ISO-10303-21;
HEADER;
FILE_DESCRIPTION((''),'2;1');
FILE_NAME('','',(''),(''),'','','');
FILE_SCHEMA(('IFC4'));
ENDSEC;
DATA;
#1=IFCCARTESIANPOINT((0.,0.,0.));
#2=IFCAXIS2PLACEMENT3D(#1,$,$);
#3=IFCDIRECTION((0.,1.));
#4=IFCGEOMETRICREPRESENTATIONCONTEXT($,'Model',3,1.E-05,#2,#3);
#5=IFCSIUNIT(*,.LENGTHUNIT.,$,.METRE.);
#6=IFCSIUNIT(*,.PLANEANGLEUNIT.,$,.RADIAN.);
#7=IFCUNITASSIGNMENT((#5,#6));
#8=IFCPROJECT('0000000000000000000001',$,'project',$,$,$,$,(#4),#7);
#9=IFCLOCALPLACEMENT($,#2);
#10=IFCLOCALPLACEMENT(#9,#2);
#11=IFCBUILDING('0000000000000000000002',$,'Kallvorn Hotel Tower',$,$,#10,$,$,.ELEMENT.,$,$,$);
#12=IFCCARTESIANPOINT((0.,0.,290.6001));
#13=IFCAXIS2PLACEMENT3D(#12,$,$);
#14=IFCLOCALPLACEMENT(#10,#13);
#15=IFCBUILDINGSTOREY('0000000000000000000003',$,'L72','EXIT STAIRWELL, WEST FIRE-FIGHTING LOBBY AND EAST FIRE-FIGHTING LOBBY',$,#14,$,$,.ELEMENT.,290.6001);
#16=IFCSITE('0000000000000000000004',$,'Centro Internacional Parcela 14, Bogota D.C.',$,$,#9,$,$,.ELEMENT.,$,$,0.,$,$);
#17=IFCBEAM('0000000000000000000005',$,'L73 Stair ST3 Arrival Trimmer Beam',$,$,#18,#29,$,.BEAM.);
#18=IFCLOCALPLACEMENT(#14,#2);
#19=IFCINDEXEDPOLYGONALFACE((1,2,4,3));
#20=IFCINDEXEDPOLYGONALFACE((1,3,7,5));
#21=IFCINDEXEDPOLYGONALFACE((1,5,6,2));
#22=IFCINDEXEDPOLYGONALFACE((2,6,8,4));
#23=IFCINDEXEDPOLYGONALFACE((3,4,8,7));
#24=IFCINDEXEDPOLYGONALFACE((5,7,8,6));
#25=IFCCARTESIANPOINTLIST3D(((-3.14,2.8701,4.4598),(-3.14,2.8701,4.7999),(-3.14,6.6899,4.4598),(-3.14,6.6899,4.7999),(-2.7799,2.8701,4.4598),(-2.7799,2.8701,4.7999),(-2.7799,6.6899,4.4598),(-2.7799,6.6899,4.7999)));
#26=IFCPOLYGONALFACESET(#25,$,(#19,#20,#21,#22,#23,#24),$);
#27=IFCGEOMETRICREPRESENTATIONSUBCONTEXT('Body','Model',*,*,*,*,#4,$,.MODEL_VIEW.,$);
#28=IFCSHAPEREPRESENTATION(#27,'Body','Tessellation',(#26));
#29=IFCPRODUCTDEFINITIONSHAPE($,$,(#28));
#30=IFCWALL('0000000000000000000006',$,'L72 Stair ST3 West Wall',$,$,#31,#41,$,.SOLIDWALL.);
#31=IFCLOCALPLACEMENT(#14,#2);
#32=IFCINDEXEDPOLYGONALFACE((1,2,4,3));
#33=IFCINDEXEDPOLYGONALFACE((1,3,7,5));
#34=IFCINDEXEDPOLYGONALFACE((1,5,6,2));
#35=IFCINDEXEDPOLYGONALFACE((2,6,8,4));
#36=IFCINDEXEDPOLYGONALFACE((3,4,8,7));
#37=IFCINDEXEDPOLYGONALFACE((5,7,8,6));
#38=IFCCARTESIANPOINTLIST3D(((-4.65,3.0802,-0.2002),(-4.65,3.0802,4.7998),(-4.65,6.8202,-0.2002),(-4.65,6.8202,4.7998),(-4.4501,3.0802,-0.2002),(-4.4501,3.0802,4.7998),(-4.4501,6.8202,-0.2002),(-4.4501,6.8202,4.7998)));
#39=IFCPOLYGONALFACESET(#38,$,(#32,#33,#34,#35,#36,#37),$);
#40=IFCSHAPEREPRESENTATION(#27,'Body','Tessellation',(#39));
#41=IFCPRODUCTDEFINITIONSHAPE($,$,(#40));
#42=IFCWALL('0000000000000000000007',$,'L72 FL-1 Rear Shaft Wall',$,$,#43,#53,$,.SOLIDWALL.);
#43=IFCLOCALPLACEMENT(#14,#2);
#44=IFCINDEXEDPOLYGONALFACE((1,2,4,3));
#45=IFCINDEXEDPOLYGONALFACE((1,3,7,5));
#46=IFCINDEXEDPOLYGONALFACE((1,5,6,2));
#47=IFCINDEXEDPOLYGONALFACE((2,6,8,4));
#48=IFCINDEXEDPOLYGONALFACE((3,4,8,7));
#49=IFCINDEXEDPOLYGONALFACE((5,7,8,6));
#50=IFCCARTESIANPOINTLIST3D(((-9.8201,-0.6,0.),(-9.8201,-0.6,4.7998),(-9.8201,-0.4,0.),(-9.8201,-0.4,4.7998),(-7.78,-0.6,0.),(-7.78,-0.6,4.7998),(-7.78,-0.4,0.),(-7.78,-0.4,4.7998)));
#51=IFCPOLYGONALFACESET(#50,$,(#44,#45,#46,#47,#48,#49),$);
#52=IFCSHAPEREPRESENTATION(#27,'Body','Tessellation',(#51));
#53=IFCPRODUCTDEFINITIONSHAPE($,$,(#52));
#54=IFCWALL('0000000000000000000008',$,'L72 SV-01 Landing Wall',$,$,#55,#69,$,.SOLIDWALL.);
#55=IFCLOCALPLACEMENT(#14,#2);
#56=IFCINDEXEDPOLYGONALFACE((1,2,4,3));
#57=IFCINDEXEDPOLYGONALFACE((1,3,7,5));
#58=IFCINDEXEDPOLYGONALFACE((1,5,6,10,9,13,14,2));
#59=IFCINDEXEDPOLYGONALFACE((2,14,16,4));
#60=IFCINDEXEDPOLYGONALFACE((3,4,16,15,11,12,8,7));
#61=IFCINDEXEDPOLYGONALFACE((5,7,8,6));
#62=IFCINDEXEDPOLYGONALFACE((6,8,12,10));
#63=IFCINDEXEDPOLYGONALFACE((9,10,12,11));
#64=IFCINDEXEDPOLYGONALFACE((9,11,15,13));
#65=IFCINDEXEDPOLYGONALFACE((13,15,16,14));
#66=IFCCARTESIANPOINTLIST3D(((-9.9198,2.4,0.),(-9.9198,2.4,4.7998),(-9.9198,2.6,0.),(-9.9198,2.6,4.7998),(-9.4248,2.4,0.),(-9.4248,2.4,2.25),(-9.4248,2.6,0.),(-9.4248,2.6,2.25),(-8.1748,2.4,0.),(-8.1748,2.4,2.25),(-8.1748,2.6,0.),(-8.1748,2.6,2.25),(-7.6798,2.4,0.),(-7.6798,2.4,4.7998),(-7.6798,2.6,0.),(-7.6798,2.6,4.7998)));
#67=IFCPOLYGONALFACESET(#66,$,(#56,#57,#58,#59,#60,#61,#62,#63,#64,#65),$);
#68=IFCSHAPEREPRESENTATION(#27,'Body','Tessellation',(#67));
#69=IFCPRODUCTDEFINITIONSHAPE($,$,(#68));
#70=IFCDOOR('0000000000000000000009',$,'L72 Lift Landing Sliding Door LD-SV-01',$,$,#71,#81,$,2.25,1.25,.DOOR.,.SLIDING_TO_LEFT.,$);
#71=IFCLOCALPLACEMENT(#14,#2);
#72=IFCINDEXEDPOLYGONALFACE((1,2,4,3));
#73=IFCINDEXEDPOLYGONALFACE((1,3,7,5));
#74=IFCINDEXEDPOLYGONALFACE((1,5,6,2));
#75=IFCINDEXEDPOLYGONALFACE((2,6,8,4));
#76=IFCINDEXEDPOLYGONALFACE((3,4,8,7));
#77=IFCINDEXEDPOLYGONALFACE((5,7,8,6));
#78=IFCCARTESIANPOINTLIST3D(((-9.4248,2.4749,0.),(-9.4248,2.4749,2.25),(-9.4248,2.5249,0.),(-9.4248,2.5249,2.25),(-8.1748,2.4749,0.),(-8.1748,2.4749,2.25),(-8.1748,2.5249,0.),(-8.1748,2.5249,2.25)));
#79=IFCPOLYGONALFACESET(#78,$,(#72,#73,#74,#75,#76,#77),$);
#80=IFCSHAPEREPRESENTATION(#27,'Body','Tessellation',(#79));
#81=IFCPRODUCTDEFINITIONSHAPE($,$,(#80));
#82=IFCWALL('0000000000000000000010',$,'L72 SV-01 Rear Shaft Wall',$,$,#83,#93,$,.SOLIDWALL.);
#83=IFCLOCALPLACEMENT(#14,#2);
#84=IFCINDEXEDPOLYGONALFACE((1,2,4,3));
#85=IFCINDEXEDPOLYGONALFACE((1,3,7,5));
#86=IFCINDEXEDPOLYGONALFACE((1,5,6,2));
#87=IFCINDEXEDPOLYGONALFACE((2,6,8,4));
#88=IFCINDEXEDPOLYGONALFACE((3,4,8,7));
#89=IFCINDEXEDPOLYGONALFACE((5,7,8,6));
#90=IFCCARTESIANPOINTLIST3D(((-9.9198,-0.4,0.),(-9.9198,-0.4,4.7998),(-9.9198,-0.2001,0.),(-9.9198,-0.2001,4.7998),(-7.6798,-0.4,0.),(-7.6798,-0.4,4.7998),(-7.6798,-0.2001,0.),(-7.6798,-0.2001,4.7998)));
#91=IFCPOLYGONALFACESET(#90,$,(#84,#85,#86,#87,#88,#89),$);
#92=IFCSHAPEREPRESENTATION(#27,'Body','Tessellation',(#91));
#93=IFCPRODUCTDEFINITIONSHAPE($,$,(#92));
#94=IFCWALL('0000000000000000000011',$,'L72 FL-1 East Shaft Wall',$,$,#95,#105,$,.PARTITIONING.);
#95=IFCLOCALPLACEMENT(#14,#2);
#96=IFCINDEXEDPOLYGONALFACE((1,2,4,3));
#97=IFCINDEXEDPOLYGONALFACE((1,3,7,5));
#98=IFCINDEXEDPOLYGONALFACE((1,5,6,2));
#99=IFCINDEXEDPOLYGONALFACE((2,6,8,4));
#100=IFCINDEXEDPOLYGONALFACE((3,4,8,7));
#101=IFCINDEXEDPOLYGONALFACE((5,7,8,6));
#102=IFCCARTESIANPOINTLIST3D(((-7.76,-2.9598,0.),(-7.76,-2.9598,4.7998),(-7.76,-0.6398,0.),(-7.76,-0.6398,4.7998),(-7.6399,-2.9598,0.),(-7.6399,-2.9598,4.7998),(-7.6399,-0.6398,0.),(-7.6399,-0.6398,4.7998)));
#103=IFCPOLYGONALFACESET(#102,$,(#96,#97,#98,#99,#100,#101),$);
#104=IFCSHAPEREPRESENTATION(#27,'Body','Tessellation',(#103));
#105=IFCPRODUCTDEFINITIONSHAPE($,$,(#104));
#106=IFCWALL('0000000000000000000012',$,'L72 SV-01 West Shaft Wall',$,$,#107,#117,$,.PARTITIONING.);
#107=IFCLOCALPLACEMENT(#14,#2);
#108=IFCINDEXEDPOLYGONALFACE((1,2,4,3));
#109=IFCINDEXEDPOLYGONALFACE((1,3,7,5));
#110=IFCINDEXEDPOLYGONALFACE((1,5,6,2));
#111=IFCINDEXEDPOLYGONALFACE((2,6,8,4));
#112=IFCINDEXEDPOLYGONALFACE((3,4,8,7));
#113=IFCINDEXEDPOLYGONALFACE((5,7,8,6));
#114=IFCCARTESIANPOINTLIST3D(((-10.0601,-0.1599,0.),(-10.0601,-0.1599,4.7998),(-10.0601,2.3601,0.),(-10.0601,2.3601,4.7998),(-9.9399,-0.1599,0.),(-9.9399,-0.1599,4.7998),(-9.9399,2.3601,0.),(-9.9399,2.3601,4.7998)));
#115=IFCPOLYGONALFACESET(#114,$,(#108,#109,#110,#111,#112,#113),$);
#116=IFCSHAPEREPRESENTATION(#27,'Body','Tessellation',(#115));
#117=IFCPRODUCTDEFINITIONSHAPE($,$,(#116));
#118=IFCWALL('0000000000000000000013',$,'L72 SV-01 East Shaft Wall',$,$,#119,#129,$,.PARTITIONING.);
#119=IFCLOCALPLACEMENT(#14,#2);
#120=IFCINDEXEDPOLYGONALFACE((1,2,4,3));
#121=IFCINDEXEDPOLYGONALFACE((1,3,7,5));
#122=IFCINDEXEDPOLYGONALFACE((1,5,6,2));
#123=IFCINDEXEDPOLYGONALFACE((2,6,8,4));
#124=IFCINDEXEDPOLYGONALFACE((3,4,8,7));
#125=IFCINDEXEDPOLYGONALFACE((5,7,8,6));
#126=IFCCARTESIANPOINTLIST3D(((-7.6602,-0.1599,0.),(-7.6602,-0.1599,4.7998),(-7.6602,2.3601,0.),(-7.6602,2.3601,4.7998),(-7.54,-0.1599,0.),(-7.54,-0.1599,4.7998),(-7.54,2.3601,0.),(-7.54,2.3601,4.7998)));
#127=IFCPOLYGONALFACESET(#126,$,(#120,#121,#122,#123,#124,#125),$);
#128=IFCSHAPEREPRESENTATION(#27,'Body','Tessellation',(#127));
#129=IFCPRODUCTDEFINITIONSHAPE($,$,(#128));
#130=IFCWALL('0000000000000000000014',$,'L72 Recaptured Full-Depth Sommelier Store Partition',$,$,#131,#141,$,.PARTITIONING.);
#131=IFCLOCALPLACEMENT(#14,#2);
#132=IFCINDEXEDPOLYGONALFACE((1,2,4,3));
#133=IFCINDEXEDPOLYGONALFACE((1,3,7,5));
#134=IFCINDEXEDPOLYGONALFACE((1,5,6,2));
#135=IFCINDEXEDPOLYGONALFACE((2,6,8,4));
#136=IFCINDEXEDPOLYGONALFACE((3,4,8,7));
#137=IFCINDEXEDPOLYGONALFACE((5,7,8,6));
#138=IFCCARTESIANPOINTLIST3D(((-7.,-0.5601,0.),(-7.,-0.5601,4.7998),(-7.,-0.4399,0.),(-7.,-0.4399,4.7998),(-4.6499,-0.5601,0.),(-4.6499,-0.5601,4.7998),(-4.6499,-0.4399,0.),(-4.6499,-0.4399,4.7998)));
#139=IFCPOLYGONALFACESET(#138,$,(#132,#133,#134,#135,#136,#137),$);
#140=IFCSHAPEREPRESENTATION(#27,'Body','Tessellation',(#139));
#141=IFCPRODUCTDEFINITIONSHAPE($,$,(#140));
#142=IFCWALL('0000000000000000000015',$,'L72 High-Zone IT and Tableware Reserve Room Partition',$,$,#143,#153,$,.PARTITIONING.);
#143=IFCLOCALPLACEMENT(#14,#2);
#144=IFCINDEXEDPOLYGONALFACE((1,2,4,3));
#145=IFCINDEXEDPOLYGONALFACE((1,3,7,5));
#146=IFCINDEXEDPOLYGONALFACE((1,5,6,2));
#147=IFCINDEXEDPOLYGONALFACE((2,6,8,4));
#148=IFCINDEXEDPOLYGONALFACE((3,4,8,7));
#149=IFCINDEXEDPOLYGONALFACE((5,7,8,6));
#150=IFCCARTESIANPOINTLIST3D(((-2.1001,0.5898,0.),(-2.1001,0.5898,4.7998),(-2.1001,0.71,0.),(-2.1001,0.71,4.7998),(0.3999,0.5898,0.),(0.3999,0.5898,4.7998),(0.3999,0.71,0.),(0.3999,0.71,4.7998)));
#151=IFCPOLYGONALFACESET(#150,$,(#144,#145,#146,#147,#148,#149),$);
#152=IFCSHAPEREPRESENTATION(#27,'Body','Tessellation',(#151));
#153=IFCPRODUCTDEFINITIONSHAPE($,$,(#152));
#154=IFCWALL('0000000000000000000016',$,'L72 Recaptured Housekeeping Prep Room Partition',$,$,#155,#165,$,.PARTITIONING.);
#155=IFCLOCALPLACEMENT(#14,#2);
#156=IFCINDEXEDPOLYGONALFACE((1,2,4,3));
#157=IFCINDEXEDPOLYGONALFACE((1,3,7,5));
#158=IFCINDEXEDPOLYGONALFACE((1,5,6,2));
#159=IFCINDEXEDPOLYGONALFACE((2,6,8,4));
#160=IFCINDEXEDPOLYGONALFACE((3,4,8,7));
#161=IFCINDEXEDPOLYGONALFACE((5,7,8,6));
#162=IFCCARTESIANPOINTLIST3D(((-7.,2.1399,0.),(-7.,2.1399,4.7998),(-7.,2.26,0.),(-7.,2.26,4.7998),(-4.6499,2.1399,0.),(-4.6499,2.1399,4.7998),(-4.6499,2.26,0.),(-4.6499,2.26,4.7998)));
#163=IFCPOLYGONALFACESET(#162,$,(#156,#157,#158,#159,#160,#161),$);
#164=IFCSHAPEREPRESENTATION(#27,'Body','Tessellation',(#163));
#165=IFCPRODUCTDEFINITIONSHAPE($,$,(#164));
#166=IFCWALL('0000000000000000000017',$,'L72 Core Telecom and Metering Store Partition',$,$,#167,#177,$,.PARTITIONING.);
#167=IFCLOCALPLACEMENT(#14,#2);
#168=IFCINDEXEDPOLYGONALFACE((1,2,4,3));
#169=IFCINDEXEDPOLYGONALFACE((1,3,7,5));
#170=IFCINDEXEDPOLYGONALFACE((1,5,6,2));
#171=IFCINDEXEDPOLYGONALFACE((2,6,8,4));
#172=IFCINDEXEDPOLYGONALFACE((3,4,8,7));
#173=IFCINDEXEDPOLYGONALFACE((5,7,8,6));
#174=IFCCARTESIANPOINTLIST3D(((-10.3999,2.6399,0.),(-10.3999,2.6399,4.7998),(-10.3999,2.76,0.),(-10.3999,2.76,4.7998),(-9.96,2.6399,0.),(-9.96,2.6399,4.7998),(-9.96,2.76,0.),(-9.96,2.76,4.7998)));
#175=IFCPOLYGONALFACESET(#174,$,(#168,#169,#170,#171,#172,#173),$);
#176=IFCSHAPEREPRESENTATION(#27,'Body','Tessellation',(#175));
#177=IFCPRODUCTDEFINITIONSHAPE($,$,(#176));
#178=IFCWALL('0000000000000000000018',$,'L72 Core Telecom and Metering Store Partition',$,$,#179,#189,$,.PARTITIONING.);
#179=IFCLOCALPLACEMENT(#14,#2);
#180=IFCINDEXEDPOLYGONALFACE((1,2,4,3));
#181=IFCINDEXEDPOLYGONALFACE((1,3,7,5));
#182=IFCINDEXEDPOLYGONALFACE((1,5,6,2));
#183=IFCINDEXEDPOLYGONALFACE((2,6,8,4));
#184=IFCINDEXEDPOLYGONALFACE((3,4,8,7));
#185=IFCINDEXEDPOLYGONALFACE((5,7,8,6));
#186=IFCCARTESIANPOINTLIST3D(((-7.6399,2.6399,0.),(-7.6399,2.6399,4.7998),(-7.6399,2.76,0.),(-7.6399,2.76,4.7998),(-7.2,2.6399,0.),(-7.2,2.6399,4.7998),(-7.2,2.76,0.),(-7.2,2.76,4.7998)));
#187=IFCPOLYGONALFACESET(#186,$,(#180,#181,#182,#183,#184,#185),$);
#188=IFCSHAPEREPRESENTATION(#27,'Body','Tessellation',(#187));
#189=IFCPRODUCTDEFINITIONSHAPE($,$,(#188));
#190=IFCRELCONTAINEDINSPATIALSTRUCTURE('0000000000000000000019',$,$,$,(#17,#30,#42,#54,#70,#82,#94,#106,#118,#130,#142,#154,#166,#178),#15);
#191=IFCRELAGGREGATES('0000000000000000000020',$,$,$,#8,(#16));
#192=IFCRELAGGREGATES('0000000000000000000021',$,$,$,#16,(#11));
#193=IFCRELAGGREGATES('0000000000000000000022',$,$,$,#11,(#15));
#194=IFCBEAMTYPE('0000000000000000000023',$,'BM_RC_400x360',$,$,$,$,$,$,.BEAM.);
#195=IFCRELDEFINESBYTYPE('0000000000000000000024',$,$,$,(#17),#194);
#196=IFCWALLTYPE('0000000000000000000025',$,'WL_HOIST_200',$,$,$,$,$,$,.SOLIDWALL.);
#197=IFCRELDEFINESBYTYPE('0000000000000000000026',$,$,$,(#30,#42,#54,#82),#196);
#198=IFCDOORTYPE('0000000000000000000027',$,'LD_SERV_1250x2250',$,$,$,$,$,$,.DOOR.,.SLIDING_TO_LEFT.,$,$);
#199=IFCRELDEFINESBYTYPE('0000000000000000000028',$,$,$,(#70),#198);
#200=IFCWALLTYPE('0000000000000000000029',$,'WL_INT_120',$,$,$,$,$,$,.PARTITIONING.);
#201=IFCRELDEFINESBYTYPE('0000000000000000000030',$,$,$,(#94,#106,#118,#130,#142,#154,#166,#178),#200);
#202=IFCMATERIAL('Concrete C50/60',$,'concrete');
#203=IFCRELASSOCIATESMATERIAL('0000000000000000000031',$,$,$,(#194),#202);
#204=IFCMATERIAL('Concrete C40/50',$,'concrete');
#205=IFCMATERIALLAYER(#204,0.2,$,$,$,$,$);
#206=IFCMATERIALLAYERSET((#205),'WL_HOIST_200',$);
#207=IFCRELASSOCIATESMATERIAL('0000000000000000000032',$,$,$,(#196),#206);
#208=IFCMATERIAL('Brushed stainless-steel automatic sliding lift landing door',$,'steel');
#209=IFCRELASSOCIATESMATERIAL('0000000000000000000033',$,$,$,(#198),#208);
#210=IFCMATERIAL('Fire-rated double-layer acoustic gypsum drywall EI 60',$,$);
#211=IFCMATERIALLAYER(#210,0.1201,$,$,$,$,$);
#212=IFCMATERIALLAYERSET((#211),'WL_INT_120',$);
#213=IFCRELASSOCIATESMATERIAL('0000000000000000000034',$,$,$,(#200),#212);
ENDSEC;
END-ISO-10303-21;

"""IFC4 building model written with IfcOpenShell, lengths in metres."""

from ifc_helpers import new_model, si_unit, direction, frame, frame_2d, origin, origin_2d, place, context, subcontext, project, spatial, rectangle, extrude, material, layer, layer_set, material_profile, profile_set, type_object, element, fill, save


model = new_model("IFC4")

# Units and contexts
model_context = context("Model", 3, precision=1e-05, world=origin(), true_north=direction((0.0, 1.0)))
body_context = subcontext(model_context, "Body", "Model", "MODEL_VIEW")
ifc_project = project(units=[si_unit("LENGTHUNIT", "METRE"), si_unit("PLANEANGLEUNIT", "RADIAN")], contexts=[model_context])

# Site, building, storey
site_placement = place(None, origin())
site = spatial("IfcSite", under=ifc_project, at=site_placement, Name="Centro Internacional Parcela 14, Bogota D.C.", CompositionType="ELEMENT", RefElevation=0.0)
building_placement = place(site_placement, origin())
building = spatial("IfcBuilding", under=site, at=building_placement, Name="Kallvorn Hotel Tower", CompositionType="ELEMENT")
storey_placement = place(building_placement, frame((0.0, 0.0, 290.6001)))
storey = spatial("IfcBuildingStorey", under=building, at=storey_placement, Name="L72", Description="EXIT STAIRWELL, WEST FIRE-FIGHTING LOBBY AND EAST FIRE-FIGHTING LOBBY", CompositionType="ELEMENT", Elevation=290.6001)

# Beam
ifc_material_1 = material(Name="Concrete C50/60", Category="concrete")
ifc_material_profile = material_profile(ifc_material_1, rectangle(XDim=0.3601, YDim=0.3401, at=origin_2d()), Name="RC 360x340")
ifc_profile_set = profile_set([ifc_material_profile], Name="Concrete C50/60")
beam_type = type_object("IfcBeamType", Name="BM_RC_400x360", PredefinedType="BEAM", material=ifc_profile_set)
beam_placement = place(storey_placement, frame((-2.96, 2.8701, 4.6299), z_axis=(0.0, 1.0, 0.0), x_axis=(-1.0, 0.0, 0.0)))
element("IfcBeam", 1, at=beam_placement, inside=storey, type_object=beam_type, Name="L73 Stair ST3 Arrival Trimmer Beam", PredefinedType="BEAM", context=body_context, shape_type="SweptSolid", body=[
    extrude(rectangle(XDim=0.3601, YDim=0.3401, at=origin_2d()), origin(), (0.0, 0.0, 1.0), 3.8198),
])

# Walls
ifc_material_2 = material(Name="Concrete C40/50", Category="concrete")
ifc_layer_1 = layer(ifc_material_2, 0.2)
ifc_layer_set_1 = layer_set([ifc_layer_1], Name="WL_HOIST_200")
wall_type_1 = type_object("IfcWallType", Name="WL_HOIST_200", PredefinedType="SOLIDWALL", material=ifc_layer_set_1)
wall_1_placement = place(storey_placement, frame((-4.55, 3.0801, -0.2002), z_axis=(0.0, 0.0, 1.0), x_axis=(0.0, 1.0, 0.0)))
element("IfcWall", 2, at=wall_1_placement, inside=storey, type_object=wall_type_1, Name="L72 Stair ST3 West Wall", PredefinedType="SOLIDWALL", context=body_context, shape_type="SweptSolid", body=[
    extrude(rectangle(XDim=3.74, YDim=0.2, at=frame_2d((1.8701, 0.0))), origin(), (0.0, 0.0, 1.0), 5.0),
])
wall_2_placement = place(storey_placement, frame((-9.8201, -0.5, 0.0), z_axis=(0.0, 0.0, 1.0), x_axis=(1.0, 0.0, 0.0)))
element("IfcWall", 3, at=wall_2_placement, inside=storey, type_object=wall_type_1, Name="L72 FL-1 Rear Shaft Wall", PredefinedType="SOLIDWALL", context=body_context, shape_type="SweptSolid", body=[
    extrude(rectangle(XDim=2.04, YDim=0.2, at=frame_2d((1.02, 0.0))), origin(), (0.0, 0.0, 1.0), 4.7998),
])

# Wall, opening, door
wall_3_placement = place(storey_placement, frame((-9.9199, 2.5, 0.0), z_axis=(0.0, 0.0, 1.0), x_axis=(1.0, 0.0, 0.0)))
wall_3 = element("IfcWall", 4, at=wall_3_placement, inside=storey, type_object=wall_type_1, Name="L72 SV-01 Landing Wall", PredefinedType="SOLIDWALL", context=body_context, shape_type="SweptSolid", body=[
    extrude(rectangle(XDim=2.24, YDim=0.2, at=frame_2d((1.1201, 0.0))), origin(), (0.0, 0.0, 1.0), 4.7998),
])
opening_1_placement = place(wall_3_placement, frame((0.4951, 0.0, 0.0)))
opening_1 = element("IfcOpeningElement", 5, at=opening_1_placement, cuts=wall_3, PredefinedType="OPENING", context=body_context, shape_type="SweptSolid", body=[
    extrude(rectangle(XDim=1.25, YDim=2.25, at=frame_2d((0.625, 1.125))), frame((0.0, 0.115, 0.0), z_axis=(0.0, -1.0, 0.0), x_axis=(1.0, 0.0, 0.0)), (0.0, 0.0, 1.0), 0.23),
])
ifc_material_3 = material(Name="Brushed stainless-steel automatic sliding lift landing door", Category="steel")
door_type_1 = type_object("IfcDoorType", Name="LD_SERV_1250x2250", OperationType="SLIDING_TO_LEFT", PredefinedType="DOOR", material=ifc_material_3)
door_1_placement = place(opening_1_placement, origin())
door_1 = element("IfcDoor", 6, at=door_1_placement, inside=storey, type_object=door_type_1, Name="L72 Lift Landing Sliding Door LD-SV-01", OperationType="SLIDING_TO_LEFT", OverallHeight=2.25, OverallWidth=1.25, PredefinedType="DOOR", context=body_context, shape_type="SweptSolid", body=[
    extrude(rectangle(XDim=1.25, YDim=2.25, at=frame_2d((0.625, 1.125))), frame((0.0, 0.0249, 0.0), z_axis=(0.0, -1.0, 0.0), x_axis=(1.0, 0.0, 0.0)), (0.0, 0.0, 1.0), 0.05),
])
fill(opening_1, door_1)

# Walls
wall_4_placement = place(storey_placement, frame((-9.9199, -0.3, 0.0), z_axis=(0.0, 0.0, 1.0), x_axis=(1.0, 0.0, 0.0)))
element("IfcWall", 7, at=wall_4_placement, inside=storey, type_object=wall_type_1, Name="L72 SV-01 Rear Shaft Wall", PredefinedType="SOLIDWALL", context=body_context, shape_type="SweptSolid", body=[
    extrude(rectangle(XDim=2.24, YDim=0.2, at=frame_2d((1.1201, 0.0))), origin(), (0.0, 0.0, 1.0), 4.7998),
])
ifc_material_4 = material(Name="Fire-rated double-layer acoustic gypsum drywall EI 60")
ifc_layer_2 = layer(ifc_material_4, 0.1201)
ifc_layer_set_2 = layer_set([ifc_layer_2], Name="WL_INT_120")
wall_type_2 = type_object("IfcWallType", Name="WL_INT_120", PredefinedType="PARTITIONING", material=ifc_layer_set_2)
wall_5_placement = place(storey_placement, frame((-7.7, -2.96, 0.0), z_axis=(0.0, 0.0, 1.0), x_axis=(0.0, 1.0, 0.0)))
element("IfcWall", 8, at=wall_5_placement, inside=storey, type_object=wall_type_2, Name="L72 FL-1 East Shaft Wall", PredefinedType="PARTITIONING", context=body_context, shape_type="SweptSolid", body=[
    extrude(rectangle(XDim=2.3201, YDim=0.1201, at=frame_2d((1.1602, 0.0))), origin(), (0.0, 0.0, 1.0), 4.7998),
])
for number, where, z_axis, x_axis, name in (
    (9, (-10.0, -0.1599, 0.0), (0.0, 0.0, 1.0), (0.0, 1.0, 0.0), "L72 SV-01 West Shaft Wall"),
    (10, (-7.6001, -0.1599, 0.0), (0.0, 0.0, 1.0), (0.0, 1.0, 0.0), "L72 SV-01 East Shaft Wall"),
):
    element("IfcWall", number, at=place(storey_placement, frame(where, z_axis=z_axis, x_axis=x_axis)), inside=storey, type_object=wall_type_2, Name=name, PredefinedType="PARTITIONING", context=body_context, shape_type="SweptSolid", body=[
        extrude(rectangle(XDim=2.52, YDim=0.1201, at=frame_2d((1.26, 0.0))), origin(), (0.0, 0.0, 1.0), 4.7998),
    ])
wall_6_placement = place(storey_placement, frame((-7.0, -0.5, 0.0), z_axis=(0.0, 0.0, 1.0), x_axis=(1.0, 0.0, 0.0)))
element("IfcWall", 11, at=wall_6_placement, inside=storey, type_object=wall_type_2, Name="L72 Recaptured Full-Depth Sommelier Store Partition", PredefinedType="PARTITIONING", context=body_context, shape_type="SweptSolid", body=[
    extrude(rectangle(XDim=2.3501, YDim=0.1201, at=frame_2d((1.175, 0.0))), origin(), (0.0, 0.0, 1.0), 4.7998),
])
wall_7_placement = place(storey_placement, frame((-2.1001, 0.6499, 0.0), z_axis=(0.0, 0.0, 1.0), x_axis=(1.0, 0.0, 0.0)))
element("IfcWall", 12, at=wall_7_placement, inside=storey, type_object=wall_type_2, Name="L72 High-Zone IT and Tableware Reserve Room Partition", PredefinedType="PARTITIONING", context=body_context, shape_type="SweptSolid", body=[
    extrude(rectangle(XDim=2.5, YDim=0.1201, at=frame_2d((1.25, 0.0))), origin(), (0.0, 0.0, 1.0), 4.7998),
])
wall_8_placement = place(storey_placement, frame((-7.0, 2.2, 0.0), z_axis=(0.0, 0.0, 1.0), x_axis=(1.0, 0.0, 0.0)))
element("IfcWall", 13, at=wall_8_placement, inside=storey, type_object=wall_type_2, Name="L72 Recaptured Housekeeping Prep Room Partition", PredefinedType="PARTITIONING", context=body_context, shape_type="SweptSolid", body=[
    extrude(rectangle(XDim=2.3501, YDim=0.1201, at=frame_2d((1.175, 0.0))), origin(), (0.0, 0.0, 1.0), 4.7998),
])
for number, where, z_axis, x_axis, name in (
    (14, (-10.3999, 2.7, 0.0), (0.0, 0.0, 1.0), (1.0, 0.0, 0.0), "L72 Core Telecom and Metering Store Partition"),
    (15, (-7.6399, 2.7, 0.0), (0.0, 0.0, 1.0), (1.0, 0.0, 0.0), "L72 Core Telecom and Metering Store Partition"),
):
    element("IfcWall", number, at=place(storey_placement, frame(where, z_axis=z_axis, x_axis=x_axis)), inside=storey, type_object=wall_type_2, Name=name, PredefinedType="PARTITIONING", context=body_context, shape_type="SweptSolid", body=[
        extrude(rectangle(XDim=0.4399, YDim=0.1201, at=frame_2d((0.22, 0.0))), origin(), (0.0, 0.0, 1.0), 4.7998),
    ])

save(model, "model.ifc")
